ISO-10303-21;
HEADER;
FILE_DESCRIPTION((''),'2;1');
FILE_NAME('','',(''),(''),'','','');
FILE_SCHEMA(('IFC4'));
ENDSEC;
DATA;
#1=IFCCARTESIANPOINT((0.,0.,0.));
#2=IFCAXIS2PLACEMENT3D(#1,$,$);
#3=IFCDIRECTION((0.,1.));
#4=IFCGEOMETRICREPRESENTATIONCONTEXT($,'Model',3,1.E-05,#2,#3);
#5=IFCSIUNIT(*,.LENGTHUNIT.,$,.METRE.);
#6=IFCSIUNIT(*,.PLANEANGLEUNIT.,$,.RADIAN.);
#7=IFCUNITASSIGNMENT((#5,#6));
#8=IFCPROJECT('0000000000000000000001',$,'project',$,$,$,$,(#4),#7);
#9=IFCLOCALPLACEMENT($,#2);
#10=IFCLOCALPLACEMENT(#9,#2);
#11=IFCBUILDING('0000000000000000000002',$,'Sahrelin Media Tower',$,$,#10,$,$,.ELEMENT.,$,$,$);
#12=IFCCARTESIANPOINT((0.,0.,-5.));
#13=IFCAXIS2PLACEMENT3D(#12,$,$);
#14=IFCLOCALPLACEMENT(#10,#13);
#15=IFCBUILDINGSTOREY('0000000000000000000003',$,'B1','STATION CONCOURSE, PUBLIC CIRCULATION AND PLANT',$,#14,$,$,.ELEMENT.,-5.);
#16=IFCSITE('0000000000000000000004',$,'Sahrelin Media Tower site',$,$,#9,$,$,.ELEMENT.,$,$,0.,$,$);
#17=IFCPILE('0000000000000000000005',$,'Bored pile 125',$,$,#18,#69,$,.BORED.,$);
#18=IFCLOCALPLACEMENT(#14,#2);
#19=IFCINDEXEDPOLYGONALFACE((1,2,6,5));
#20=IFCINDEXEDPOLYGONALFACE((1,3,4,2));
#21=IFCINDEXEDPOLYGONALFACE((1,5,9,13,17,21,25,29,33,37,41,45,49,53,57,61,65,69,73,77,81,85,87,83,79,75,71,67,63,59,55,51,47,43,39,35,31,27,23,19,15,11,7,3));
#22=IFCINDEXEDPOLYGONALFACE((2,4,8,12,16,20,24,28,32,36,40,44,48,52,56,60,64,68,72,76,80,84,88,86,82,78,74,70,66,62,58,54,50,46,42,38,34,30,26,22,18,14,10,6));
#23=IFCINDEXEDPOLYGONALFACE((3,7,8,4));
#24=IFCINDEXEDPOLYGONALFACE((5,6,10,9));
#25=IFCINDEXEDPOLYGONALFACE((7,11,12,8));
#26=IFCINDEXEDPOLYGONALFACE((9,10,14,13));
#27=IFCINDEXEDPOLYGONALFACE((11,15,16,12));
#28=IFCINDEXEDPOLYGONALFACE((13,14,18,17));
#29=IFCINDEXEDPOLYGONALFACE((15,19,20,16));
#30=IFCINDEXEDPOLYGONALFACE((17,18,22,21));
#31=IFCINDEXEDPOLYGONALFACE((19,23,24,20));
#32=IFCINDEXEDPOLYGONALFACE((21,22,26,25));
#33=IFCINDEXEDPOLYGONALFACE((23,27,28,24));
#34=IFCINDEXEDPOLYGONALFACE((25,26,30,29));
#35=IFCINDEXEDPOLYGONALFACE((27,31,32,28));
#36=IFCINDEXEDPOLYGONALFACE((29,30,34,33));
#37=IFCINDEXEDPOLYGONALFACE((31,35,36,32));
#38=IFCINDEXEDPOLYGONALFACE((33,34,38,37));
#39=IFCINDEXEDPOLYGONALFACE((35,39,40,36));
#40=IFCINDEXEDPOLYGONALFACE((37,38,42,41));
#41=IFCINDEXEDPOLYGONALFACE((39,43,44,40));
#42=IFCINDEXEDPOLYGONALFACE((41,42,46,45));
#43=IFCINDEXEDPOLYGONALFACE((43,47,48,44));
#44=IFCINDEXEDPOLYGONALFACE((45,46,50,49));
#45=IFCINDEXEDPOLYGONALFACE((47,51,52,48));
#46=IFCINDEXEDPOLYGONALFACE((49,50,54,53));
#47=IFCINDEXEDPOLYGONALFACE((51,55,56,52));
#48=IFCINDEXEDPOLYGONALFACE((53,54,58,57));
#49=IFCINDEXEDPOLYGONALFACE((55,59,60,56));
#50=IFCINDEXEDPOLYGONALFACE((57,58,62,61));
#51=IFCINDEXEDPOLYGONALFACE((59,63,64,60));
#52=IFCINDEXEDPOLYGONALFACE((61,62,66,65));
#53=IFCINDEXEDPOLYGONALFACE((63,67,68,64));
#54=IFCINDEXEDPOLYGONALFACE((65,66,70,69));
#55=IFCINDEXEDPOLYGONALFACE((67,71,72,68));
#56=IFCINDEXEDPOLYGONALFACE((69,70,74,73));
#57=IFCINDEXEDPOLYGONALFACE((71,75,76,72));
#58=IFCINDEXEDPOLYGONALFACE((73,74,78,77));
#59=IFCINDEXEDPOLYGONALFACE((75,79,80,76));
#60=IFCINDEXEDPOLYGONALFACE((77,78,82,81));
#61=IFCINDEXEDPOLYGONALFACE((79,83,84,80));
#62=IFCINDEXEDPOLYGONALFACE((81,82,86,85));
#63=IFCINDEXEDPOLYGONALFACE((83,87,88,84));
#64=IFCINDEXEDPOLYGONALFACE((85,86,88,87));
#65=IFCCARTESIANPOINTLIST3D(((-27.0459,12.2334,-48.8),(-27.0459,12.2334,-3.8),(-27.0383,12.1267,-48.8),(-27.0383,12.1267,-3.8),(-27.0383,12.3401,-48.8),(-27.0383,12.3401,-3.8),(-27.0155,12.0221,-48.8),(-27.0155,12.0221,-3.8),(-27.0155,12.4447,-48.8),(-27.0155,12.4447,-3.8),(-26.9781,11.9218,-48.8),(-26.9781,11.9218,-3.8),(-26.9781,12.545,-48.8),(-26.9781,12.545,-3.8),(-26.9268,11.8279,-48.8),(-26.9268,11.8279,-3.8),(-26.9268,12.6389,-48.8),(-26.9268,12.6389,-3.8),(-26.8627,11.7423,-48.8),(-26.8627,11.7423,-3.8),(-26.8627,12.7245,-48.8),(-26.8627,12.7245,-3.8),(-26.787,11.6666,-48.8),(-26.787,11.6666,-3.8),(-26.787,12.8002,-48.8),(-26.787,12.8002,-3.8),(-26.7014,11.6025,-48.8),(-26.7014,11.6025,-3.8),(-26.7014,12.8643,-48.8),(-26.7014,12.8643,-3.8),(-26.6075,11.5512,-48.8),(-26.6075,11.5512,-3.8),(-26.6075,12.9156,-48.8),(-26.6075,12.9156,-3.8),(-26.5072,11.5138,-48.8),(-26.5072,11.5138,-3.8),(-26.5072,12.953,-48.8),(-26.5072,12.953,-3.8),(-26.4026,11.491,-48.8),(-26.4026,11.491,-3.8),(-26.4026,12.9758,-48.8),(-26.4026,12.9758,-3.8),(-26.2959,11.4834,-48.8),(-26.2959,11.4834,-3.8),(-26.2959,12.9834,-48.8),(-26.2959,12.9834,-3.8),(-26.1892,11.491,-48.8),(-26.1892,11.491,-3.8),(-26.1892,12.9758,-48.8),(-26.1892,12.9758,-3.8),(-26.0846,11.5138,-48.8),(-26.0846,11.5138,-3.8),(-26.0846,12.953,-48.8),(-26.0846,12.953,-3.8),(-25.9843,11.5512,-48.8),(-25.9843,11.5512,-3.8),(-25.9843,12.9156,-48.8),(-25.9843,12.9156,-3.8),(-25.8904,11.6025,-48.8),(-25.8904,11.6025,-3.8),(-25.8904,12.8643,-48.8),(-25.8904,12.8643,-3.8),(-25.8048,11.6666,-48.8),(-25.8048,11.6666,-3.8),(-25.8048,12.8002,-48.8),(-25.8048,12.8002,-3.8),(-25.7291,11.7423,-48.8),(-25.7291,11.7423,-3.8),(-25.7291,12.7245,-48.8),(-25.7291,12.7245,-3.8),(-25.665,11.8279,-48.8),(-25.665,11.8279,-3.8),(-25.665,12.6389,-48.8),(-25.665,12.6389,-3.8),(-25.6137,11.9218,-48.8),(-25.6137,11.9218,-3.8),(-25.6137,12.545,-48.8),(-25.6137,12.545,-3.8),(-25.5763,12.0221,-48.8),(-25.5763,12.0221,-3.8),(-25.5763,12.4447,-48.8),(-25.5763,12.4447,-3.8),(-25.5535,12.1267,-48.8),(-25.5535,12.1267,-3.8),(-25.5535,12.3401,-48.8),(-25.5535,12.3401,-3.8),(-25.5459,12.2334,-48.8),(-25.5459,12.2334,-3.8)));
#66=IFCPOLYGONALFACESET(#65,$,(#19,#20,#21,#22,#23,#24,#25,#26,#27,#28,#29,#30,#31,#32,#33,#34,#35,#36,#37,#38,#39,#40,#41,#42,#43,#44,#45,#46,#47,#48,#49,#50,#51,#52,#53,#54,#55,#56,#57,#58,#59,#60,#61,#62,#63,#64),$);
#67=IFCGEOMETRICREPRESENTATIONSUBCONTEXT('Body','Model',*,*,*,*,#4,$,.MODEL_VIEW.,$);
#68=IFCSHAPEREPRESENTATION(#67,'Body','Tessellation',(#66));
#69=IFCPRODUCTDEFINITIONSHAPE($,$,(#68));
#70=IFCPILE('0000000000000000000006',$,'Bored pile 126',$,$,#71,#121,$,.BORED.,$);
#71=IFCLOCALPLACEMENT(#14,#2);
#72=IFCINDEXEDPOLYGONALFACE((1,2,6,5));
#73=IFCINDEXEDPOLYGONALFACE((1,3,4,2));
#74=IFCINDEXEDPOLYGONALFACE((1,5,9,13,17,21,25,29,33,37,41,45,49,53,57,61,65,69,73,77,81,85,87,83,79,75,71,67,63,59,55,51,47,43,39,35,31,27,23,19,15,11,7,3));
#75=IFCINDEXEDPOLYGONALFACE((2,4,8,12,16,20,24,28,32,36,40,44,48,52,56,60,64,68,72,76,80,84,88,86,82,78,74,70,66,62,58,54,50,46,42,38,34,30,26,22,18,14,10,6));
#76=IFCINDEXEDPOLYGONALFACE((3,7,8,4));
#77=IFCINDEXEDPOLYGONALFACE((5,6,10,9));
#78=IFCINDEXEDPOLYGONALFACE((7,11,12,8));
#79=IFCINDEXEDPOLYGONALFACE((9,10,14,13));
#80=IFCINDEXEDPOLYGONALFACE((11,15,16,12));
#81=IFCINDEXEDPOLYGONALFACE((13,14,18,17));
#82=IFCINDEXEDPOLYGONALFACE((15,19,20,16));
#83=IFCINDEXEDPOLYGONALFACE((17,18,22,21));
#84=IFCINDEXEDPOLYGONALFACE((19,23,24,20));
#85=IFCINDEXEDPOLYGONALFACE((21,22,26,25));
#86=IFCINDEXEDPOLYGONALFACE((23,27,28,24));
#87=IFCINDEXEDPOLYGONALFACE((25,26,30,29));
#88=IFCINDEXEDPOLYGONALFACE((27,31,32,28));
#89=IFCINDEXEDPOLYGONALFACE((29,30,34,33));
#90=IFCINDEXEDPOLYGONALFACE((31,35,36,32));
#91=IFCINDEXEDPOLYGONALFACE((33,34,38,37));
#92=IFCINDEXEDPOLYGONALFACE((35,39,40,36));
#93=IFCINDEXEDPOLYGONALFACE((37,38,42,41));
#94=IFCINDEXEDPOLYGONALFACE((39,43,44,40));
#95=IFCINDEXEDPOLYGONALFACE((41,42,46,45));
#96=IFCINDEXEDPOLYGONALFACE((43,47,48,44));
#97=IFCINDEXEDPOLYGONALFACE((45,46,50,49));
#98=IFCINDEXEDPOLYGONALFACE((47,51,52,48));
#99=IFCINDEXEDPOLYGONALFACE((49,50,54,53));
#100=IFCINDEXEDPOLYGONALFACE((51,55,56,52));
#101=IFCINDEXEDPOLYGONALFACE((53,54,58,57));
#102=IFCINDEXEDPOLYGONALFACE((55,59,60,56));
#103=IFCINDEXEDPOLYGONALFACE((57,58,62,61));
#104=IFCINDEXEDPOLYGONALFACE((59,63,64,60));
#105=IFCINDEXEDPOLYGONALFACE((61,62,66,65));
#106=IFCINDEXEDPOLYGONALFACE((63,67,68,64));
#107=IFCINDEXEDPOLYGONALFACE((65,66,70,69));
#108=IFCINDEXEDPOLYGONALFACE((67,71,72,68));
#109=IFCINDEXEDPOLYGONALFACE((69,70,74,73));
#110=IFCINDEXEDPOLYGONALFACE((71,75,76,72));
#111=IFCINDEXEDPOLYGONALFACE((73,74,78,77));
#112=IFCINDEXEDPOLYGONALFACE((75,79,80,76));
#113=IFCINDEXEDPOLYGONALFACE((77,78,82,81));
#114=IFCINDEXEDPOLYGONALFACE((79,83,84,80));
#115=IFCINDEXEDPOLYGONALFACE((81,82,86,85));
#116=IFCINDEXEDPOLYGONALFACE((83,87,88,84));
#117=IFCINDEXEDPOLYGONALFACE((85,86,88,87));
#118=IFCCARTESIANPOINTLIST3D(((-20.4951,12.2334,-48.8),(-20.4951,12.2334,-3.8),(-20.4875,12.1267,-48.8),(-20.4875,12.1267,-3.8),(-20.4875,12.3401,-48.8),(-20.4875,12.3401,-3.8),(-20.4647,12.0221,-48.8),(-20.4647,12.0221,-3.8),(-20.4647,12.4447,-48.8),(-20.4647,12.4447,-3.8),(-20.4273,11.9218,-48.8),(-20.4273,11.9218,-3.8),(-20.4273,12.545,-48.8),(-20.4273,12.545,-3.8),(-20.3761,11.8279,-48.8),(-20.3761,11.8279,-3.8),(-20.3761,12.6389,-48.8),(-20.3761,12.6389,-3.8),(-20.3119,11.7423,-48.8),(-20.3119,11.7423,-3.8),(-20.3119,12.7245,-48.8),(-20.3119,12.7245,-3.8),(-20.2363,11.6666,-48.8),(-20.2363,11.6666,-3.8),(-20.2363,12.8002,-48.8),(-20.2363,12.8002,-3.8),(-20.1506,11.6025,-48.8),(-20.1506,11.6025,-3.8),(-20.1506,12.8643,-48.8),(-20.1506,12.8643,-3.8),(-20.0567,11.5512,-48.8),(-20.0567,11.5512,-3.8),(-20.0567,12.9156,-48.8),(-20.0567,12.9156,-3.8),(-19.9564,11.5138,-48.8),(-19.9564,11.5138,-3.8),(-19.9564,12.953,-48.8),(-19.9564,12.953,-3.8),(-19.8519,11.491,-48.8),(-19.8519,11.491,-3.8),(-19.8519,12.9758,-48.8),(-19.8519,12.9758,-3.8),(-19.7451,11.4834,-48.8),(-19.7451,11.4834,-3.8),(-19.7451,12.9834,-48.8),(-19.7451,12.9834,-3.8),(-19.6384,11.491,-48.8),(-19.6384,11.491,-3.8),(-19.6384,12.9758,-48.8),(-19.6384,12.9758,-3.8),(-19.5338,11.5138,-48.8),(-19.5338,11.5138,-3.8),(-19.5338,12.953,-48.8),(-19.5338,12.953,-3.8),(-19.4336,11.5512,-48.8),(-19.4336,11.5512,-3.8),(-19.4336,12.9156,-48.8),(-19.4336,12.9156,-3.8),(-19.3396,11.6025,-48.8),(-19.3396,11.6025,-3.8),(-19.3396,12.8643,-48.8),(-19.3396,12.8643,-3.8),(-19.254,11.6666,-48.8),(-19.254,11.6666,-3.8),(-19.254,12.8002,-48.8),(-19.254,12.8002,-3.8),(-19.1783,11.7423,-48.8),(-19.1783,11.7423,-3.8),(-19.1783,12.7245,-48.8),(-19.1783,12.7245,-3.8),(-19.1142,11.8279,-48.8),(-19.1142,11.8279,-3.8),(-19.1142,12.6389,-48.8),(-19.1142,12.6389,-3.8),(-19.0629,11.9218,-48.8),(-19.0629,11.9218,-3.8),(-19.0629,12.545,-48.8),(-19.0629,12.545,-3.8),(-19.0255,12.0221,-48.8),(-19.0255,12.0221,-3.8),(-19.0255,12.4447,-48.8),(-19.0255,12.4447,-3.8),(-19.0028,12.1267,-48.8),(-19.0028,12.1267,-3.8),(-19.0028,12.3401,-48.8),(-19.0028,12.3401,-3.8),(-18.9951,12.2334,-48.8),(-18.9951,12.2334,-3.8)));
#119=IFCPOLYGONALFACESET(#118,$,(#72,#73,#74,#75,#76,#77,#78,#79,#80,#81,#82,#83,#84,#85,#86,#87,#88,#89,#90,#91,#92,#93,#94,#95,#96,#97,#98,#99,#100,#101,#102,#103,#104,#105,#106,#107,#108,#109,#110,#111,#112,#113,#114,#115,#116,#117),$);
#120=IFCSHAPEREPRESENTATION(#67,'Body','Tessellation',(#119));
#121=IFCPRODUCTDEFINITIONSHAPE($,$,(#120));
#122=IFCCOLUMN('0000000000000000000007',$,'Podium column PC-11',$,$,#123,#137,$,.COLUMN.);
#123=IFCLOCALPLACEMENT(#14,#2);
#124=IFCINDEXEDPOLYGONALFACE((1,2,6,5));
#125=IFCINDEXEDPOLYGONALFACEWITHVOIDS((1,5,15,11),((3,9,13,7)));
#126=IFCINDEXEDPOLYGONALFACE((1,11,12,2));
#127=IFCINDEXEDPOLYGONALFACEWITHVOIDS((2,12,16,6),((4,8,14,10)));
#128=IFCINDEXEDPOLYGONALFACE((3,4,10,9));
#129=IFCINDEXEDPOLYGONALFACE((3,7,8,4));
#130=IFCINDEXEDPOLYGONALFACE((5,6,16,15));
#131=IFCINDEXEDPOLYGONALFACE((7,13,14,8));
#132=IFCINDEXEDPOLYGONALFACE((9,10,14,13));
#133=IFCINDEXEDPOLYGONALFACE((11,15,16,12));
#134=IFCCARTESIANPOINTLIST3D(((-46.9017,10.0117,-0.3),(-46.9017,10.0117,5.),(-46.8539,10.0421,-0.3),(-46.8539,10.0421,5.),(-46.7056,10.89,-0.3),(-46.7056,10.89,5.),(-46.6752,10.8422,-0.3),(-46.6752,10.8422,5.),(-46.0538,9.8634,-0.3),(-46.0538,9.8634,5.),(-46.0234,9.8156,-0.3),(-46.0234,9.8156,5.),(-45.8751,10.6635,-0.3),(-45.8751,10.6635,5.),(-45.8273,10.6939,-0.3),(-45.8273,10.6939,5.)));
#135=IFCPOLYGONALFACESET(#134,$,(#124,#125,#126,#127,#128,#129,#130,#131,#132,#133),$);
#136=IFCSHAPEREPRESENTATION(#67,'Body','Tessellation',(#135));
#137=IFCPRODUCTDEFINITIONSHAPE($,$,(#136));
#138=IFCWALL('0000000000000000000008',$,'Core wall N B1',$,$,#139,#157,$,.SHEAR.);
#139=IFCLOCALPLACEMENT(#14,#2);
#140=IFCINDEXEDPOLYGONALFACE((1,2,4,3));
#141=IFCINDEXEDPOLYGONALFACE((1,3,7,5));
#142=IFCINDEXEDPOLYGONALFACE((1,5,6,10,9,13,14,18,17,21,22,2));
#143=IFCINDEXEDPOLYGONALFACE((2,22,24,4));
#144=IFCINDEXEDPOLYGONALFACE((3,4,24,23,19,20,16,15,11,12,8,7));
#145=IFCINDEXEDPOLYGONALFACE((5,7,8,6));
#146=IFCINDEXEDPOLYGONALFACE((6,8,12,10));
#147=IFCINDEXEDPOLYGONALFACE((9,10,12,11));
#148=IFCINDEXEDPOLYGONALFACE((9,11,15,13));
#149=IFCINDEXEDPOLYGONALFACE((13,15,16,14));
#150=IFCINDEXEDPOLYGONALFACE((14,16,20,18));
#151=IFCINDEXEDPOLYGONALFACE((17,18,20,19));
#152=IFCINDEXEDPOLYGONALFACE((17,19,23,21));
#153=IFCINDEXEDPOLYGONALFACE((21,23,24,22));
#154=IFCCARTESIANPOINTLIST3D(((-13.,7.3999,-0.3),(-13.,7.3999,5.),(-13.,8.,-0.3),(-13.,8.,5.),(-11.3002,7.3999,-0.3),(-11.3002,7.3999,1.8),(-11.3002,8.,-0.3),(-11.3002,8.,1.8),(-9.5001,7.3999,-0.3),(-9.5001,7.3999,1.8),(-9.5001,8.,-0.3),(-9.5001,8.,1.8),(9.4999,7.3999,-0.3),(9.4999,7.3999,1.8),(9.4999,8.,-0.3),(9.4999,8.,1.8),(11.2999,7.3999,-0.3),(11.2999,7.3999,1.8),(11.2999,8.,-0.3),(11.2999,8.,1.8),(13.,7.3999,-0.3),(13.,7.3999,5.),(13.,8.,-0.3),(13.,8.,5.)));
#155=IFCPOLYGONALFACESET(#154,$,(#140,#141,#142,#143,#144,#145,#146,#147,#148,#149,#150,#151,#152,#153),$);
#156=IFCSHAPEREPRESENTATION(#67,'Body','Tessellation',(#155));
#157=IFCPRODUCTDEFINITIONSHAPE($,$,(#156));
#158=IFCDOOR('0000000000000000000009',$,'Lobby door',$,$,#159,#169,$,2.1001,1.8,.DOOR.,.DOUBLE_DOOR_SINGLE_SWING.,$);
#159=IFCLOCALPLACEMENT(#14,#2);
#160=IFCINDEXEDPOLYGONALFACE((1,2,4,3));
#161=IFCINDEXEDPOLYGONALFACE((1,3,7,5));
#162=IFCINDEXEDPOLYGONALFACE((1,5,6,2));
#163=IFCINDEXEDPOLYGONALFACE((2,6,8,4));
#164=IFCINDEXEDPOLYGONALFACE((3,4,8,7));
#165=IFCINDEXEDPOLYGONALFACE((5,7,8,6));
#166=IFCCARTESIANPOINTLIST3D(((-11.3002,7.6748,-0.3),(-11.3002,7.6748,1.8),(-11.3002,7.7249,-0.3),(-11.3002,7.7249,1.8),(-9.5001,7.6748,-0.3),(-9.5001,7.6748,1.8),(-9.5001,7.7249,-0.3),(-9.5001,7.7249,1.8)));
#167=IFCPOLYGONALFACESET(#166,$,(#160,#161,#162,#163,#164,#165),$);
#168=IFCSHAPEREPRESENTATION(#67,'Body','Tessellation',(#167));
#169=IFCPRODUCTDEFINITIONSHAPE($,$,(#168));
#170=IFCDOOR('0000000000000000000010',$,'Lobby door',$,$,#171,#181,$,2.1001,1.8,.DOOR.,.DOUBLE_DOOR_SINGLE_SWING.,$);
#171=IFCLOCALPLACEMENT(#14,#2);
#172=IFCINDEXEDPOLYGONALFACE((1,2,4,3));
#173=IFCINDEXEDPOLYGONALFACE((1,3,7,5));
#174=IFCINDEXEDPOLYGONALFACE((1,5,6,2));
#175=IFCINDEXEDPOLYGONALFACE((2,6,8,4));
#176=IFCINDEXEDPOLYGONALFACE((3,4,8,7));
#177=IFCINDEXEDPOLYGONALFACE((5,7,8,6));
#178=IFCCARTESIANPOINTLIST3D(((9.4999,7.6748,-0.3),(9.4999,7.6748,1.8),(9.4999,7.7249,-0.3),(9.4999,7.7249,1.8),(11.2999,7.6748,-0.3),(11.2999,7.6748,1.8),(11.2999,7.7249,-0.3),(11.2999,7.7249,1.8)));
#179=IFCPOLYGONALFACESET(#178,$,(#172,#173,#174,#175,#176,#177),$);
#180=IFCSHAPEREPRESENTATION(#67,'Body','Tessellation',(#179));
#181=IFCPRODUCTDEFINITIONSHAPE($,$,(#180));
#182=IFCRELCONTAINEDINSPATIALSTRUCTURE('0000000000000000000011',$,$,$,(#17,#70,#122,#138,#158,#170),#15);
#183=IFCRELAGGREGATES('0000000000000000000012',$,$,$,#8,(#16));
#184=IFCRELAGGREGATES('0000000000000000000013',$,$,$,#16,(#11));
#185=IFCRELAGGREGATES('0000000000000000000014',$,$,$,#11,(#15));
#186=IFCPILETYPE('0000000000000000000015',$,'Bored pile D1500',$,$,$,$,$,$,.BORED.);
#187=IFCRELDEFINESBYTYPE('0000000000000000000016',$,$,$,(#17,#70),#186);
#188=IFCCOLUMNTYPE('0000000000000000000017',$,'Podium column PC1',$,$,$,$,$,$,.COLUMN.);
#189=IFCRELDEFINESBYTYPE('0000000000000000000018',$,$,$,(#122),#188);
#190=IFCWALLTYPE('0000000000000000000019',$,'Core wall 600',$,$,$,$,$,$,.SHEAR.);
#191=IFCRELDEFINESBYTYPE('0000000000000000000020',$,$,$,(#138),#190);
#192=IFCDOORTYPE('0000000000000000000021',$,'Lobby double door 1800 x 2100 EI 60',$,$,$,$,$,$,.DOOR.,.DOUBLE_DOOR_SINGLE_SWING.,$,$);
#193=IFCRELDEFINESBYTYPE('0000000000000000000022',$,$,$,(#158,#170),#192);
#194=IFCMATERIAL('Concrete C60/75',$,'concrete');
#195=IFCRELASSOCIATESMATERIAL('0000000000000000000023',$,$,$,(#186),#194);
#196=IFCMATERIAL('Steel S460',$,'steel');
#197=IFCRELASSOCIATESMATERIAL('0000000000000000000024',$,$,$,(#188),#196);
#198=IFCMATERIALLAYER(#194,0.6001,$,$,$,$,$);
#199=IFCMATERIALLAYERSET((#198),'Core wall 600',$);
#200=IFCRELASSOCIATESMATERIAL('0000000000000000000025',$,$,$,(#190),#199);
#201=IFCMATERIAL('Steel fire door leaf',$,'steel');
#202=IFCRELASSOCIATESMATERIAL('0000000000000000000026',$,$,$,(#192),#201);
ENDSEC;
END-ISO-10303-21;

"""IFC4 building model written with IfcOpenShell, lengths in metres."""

from ifc_helpers import new_model, si_unit, direction, frame, frame_2d, origin, origin_2d, place, context, subcontext, project, spatial, rectangle, hollow_rectangle, circle, extrude, material, layer, layer_set, material_profile, profile_set, type_object, element, fill, save


model = new_model("IFC4")

# Units and contexts
model_context = context("Model", 3, precision=1e-05, world=origin(), true_north=direction((0.0, 1.0)))
body_context = subcontext(model_context, "Body", "Model", "MODEL_VIEW")
ifc_project = project(units=[si_unit("LENGTHUNIT", "METRE"), si_unit("PLANEANGLEUNIT", "RADIAN")], contexts=[model_context])

# Site, building, storey
site_placement = place(None, origin())
site = spatial("IfcSite", under=ifc_project, at=site_placement, Name="Sahrelin Media Tower site", CompositionType="ELEMENT", RefElevation=0.0)
building_placement = place(site_placement, origin())
building = spatial("IfcBuilding", under=site, at=building_placement, Name="Sahrelin Media Tower", CompositionType="ELEMENT")
storey_placement = place(building_placement, frame((0.0, 0.0, -5.0)))
storey = spatial("IfcBuildingStorey", under=building, at=storey_placement, Name="B1", Description="STATION CONCOURSE, PUBLIC CIRCULATION AND PLANT", CompositionType="ELEMENT", Elevation=-5.0)

# Piles
ifc_material_1 = material(Name="Concrete C60/75", Category="concrete")
ifc_material_profile_1 = material_profile(ifc_material_1, circle(Radius=0.75, at=origin_2d()), Name="Bored pile D1500")
ifc_profile_set_1 = profile_set([ifc_material_profile_1], Name="Concrete C60/75")
pile_type = type_object("IfcPileType", Name="Bored pile D1500", PredefinedType="BORED", material=ifc_profile_set_1)
for number, where, z_axis, x_axis, name in (
    (1, (-26.2959, 12.2334, -3.8), (0.0, 0.0, -1.0), (1.0, 0.0, 0.0), "Bored pile 125"),
    (2, (-19.7451, 12.2334, -3.8), (0.0, 0.0, -1.0), (1.0, 0.0, 0.0), "Bored pile 126"),
):
    element("IfcPile", number, at=place(storey_placement, frame(where, z_axis=z_axis, x_axis=x_axis)), inside=storey, type_object=pile_type, Name=name, PredefinedType="BORED", context=body_context, shape_type="SweptSolid", body=[
        extrude(circle(Radius=0.75, at=origin_2d()), origin(), (0.0, 0.0, 1.0), 45.0),
    ])

# Column
ifc_material_2 = material(Name="Steel S460", Category="steel")
ifc_material_profile_2 = material_profile(ifc_material_2, hollow_rectangle(XDim=0.8999, YDim=0.8999, WallThickness=0.04, at=origin_2d()), Name="Podium column PC1")
ifc_profile_set_2 = profile_set([ifc_material_profile_2], Name="Steel S460")
column_type = type_object("IfcColumnType", Name="Podium column PC1", PredefinedType="COLUMN", material=ifc_profile_set_2)
column_placement = place(storey_placement, frame((-46.3645, 10.3528, -0.3), z_axis=(0.0, 0.0, 1.0), x_axis=(-0.975965, 0.217925, 0.0)))
element("IfcColumn", 3, at=column_placement, inside=storey, type_object=column_type, Name="Podium column PC-11", PredefinedType="COLUMN", context=body_context, shape_type="SweptSolid", body=[
    extrude(hollow_rectangle(XDim=0.8999, YDim=0.8999, WallThickness=0.04, at=origin_2d()), origin(), (0.0, 0.0, 1.0), 5.3),
])

# Wall, openings, doors
ifc_layer_1 = layer(ifc_material_1, 0.6001)
ifc_layer_set_1 = layer_set([ifc_layer_1], Name="Core wall 600")
wall_type_1 = type_object("IfcWallType", Name="Core wall 600", PredefinedType="SHEAR", material=ifc_layer_set_1)
wall_1_placement = place(storey_placement, frame((-13.0, 7.7, -0.3), z_axis=(0.0, 0.0, 1.0), x_axis=(1.0, 0.0, 0.0)))
wall_1 = element("IfcWall", 4, at=wall_1_placement, inside=storey, type_object=wall_type_1, Name="Core wall N B1", PredefinedType="SHEAR", context=body_context, shape_type="SweptSolid", body=[
    extrude(rectangle(XDim=26.0, YDim=0.6001, at=frame_2d((13.0, 0.0))), origin(), (0.0, 0.0, 1.0), 5.3),
])
opening_1_placement = place(wall_1_placement, frame((1.7, 0.0, 0.0)))
opening_1 = element("IfcOpeningElement", 5, at=opening_1_placement, cuts=wall_1, PredefinedType="OPENING", context=body_context, shape_type="SweptSolid", body=[
    extrude(rectangle(XDim=1.8, YDim=2.1001, at=frame_2d((0.8999, 1.05))), frame((0.0, 0.3, 0.0), z_axis=(0.0, -1.0, 0.0), x_axis=(1.0, 0.0, 0.0)), (0.0, 0.0, 1.0), 0.6001),
])
opening_2_placement = place(wall_1_placement, frame((22.5, 0.0, 0.0)))
opening_2 = element("IfcOpeningElement", 6, at=opening_2_placement, cuts=wall_1, PredefinedType="OPENING", context=body_context, shape_type="SweptSolid", body=[
    extrude(rectangle(XDim=1.8, YDim=2.1001, at=frame_2d((0.8999, 1.05))), frame((0.0, 0.3, 0.0), z_axis=(0.0, -1.0, 0.0), x_axis=(1.0, 0.0, 0.0)), (0.0, 0.0, 1.0), 0.6001),
])
ifc_material_3 = material(Name="Steel fire door leaf", Category="steel")
door_type_1 = type_object("IfcDoorType", Name="Lobby double door 1800 x 2100 EI 60", OperationType="DOUBLE_DOOR_SINGLE_SWING", PredefinedType="DOOR", material=ifc_material_3)
door_1_placement = place(opening_1_placement, origin())
door_1 = element("IfcDoor", 7, at=door_1_placement, inside=storey, type_object=door_type_1, Name="Lobby door", OperationType="DOUBLE_DOOR_SINGLE_SWING", OverallHeight=2.1001, OverallWidth=1.8, PredefinedType="DOOR", context=body_context, shape_type="SweptSolid", body=[
    extrude(rectangle(XDim=1.8, YDim=2.1001, at=frame_2d((0.8999, 1.05))), frame((0.0, 0.0249, 0.0), z_axis=(0.0, -1.0, 0.0), x_axis=(1.0, 0.0, 0.0)), (0.0, 0.0, 1.0), 0.05),
])
fill(opening_1, door_1)
door_2_placement = place(opening_2_placement, origin())
door_2 = element("IfcDoor", 8, at=door_2_placement, inside=storey, type_object=door_type_1, Name="Lobby door", OperationType="DOUBLE_DOOR_SINGLE_SWING", OverallHeight=2.1001, OverallWidth=1.8, PredefinedType="DOOR", context=body_context, shape_type="SweptSolid", body=[
    extrude(rectangle(XDim=1.8, YDim=2.1001, at=frame_2d((0.8999, 1.05))), frame((0.0, 0.0249, 0.0), z_axis=(0.0, -1.0, 0.0), x_axis=(1.0, 0.0, 0.0)), (0.0, 0.0, 1.0), 0.05),
])
fill(opening_2, door_2)

save(model, "model.ifc")
